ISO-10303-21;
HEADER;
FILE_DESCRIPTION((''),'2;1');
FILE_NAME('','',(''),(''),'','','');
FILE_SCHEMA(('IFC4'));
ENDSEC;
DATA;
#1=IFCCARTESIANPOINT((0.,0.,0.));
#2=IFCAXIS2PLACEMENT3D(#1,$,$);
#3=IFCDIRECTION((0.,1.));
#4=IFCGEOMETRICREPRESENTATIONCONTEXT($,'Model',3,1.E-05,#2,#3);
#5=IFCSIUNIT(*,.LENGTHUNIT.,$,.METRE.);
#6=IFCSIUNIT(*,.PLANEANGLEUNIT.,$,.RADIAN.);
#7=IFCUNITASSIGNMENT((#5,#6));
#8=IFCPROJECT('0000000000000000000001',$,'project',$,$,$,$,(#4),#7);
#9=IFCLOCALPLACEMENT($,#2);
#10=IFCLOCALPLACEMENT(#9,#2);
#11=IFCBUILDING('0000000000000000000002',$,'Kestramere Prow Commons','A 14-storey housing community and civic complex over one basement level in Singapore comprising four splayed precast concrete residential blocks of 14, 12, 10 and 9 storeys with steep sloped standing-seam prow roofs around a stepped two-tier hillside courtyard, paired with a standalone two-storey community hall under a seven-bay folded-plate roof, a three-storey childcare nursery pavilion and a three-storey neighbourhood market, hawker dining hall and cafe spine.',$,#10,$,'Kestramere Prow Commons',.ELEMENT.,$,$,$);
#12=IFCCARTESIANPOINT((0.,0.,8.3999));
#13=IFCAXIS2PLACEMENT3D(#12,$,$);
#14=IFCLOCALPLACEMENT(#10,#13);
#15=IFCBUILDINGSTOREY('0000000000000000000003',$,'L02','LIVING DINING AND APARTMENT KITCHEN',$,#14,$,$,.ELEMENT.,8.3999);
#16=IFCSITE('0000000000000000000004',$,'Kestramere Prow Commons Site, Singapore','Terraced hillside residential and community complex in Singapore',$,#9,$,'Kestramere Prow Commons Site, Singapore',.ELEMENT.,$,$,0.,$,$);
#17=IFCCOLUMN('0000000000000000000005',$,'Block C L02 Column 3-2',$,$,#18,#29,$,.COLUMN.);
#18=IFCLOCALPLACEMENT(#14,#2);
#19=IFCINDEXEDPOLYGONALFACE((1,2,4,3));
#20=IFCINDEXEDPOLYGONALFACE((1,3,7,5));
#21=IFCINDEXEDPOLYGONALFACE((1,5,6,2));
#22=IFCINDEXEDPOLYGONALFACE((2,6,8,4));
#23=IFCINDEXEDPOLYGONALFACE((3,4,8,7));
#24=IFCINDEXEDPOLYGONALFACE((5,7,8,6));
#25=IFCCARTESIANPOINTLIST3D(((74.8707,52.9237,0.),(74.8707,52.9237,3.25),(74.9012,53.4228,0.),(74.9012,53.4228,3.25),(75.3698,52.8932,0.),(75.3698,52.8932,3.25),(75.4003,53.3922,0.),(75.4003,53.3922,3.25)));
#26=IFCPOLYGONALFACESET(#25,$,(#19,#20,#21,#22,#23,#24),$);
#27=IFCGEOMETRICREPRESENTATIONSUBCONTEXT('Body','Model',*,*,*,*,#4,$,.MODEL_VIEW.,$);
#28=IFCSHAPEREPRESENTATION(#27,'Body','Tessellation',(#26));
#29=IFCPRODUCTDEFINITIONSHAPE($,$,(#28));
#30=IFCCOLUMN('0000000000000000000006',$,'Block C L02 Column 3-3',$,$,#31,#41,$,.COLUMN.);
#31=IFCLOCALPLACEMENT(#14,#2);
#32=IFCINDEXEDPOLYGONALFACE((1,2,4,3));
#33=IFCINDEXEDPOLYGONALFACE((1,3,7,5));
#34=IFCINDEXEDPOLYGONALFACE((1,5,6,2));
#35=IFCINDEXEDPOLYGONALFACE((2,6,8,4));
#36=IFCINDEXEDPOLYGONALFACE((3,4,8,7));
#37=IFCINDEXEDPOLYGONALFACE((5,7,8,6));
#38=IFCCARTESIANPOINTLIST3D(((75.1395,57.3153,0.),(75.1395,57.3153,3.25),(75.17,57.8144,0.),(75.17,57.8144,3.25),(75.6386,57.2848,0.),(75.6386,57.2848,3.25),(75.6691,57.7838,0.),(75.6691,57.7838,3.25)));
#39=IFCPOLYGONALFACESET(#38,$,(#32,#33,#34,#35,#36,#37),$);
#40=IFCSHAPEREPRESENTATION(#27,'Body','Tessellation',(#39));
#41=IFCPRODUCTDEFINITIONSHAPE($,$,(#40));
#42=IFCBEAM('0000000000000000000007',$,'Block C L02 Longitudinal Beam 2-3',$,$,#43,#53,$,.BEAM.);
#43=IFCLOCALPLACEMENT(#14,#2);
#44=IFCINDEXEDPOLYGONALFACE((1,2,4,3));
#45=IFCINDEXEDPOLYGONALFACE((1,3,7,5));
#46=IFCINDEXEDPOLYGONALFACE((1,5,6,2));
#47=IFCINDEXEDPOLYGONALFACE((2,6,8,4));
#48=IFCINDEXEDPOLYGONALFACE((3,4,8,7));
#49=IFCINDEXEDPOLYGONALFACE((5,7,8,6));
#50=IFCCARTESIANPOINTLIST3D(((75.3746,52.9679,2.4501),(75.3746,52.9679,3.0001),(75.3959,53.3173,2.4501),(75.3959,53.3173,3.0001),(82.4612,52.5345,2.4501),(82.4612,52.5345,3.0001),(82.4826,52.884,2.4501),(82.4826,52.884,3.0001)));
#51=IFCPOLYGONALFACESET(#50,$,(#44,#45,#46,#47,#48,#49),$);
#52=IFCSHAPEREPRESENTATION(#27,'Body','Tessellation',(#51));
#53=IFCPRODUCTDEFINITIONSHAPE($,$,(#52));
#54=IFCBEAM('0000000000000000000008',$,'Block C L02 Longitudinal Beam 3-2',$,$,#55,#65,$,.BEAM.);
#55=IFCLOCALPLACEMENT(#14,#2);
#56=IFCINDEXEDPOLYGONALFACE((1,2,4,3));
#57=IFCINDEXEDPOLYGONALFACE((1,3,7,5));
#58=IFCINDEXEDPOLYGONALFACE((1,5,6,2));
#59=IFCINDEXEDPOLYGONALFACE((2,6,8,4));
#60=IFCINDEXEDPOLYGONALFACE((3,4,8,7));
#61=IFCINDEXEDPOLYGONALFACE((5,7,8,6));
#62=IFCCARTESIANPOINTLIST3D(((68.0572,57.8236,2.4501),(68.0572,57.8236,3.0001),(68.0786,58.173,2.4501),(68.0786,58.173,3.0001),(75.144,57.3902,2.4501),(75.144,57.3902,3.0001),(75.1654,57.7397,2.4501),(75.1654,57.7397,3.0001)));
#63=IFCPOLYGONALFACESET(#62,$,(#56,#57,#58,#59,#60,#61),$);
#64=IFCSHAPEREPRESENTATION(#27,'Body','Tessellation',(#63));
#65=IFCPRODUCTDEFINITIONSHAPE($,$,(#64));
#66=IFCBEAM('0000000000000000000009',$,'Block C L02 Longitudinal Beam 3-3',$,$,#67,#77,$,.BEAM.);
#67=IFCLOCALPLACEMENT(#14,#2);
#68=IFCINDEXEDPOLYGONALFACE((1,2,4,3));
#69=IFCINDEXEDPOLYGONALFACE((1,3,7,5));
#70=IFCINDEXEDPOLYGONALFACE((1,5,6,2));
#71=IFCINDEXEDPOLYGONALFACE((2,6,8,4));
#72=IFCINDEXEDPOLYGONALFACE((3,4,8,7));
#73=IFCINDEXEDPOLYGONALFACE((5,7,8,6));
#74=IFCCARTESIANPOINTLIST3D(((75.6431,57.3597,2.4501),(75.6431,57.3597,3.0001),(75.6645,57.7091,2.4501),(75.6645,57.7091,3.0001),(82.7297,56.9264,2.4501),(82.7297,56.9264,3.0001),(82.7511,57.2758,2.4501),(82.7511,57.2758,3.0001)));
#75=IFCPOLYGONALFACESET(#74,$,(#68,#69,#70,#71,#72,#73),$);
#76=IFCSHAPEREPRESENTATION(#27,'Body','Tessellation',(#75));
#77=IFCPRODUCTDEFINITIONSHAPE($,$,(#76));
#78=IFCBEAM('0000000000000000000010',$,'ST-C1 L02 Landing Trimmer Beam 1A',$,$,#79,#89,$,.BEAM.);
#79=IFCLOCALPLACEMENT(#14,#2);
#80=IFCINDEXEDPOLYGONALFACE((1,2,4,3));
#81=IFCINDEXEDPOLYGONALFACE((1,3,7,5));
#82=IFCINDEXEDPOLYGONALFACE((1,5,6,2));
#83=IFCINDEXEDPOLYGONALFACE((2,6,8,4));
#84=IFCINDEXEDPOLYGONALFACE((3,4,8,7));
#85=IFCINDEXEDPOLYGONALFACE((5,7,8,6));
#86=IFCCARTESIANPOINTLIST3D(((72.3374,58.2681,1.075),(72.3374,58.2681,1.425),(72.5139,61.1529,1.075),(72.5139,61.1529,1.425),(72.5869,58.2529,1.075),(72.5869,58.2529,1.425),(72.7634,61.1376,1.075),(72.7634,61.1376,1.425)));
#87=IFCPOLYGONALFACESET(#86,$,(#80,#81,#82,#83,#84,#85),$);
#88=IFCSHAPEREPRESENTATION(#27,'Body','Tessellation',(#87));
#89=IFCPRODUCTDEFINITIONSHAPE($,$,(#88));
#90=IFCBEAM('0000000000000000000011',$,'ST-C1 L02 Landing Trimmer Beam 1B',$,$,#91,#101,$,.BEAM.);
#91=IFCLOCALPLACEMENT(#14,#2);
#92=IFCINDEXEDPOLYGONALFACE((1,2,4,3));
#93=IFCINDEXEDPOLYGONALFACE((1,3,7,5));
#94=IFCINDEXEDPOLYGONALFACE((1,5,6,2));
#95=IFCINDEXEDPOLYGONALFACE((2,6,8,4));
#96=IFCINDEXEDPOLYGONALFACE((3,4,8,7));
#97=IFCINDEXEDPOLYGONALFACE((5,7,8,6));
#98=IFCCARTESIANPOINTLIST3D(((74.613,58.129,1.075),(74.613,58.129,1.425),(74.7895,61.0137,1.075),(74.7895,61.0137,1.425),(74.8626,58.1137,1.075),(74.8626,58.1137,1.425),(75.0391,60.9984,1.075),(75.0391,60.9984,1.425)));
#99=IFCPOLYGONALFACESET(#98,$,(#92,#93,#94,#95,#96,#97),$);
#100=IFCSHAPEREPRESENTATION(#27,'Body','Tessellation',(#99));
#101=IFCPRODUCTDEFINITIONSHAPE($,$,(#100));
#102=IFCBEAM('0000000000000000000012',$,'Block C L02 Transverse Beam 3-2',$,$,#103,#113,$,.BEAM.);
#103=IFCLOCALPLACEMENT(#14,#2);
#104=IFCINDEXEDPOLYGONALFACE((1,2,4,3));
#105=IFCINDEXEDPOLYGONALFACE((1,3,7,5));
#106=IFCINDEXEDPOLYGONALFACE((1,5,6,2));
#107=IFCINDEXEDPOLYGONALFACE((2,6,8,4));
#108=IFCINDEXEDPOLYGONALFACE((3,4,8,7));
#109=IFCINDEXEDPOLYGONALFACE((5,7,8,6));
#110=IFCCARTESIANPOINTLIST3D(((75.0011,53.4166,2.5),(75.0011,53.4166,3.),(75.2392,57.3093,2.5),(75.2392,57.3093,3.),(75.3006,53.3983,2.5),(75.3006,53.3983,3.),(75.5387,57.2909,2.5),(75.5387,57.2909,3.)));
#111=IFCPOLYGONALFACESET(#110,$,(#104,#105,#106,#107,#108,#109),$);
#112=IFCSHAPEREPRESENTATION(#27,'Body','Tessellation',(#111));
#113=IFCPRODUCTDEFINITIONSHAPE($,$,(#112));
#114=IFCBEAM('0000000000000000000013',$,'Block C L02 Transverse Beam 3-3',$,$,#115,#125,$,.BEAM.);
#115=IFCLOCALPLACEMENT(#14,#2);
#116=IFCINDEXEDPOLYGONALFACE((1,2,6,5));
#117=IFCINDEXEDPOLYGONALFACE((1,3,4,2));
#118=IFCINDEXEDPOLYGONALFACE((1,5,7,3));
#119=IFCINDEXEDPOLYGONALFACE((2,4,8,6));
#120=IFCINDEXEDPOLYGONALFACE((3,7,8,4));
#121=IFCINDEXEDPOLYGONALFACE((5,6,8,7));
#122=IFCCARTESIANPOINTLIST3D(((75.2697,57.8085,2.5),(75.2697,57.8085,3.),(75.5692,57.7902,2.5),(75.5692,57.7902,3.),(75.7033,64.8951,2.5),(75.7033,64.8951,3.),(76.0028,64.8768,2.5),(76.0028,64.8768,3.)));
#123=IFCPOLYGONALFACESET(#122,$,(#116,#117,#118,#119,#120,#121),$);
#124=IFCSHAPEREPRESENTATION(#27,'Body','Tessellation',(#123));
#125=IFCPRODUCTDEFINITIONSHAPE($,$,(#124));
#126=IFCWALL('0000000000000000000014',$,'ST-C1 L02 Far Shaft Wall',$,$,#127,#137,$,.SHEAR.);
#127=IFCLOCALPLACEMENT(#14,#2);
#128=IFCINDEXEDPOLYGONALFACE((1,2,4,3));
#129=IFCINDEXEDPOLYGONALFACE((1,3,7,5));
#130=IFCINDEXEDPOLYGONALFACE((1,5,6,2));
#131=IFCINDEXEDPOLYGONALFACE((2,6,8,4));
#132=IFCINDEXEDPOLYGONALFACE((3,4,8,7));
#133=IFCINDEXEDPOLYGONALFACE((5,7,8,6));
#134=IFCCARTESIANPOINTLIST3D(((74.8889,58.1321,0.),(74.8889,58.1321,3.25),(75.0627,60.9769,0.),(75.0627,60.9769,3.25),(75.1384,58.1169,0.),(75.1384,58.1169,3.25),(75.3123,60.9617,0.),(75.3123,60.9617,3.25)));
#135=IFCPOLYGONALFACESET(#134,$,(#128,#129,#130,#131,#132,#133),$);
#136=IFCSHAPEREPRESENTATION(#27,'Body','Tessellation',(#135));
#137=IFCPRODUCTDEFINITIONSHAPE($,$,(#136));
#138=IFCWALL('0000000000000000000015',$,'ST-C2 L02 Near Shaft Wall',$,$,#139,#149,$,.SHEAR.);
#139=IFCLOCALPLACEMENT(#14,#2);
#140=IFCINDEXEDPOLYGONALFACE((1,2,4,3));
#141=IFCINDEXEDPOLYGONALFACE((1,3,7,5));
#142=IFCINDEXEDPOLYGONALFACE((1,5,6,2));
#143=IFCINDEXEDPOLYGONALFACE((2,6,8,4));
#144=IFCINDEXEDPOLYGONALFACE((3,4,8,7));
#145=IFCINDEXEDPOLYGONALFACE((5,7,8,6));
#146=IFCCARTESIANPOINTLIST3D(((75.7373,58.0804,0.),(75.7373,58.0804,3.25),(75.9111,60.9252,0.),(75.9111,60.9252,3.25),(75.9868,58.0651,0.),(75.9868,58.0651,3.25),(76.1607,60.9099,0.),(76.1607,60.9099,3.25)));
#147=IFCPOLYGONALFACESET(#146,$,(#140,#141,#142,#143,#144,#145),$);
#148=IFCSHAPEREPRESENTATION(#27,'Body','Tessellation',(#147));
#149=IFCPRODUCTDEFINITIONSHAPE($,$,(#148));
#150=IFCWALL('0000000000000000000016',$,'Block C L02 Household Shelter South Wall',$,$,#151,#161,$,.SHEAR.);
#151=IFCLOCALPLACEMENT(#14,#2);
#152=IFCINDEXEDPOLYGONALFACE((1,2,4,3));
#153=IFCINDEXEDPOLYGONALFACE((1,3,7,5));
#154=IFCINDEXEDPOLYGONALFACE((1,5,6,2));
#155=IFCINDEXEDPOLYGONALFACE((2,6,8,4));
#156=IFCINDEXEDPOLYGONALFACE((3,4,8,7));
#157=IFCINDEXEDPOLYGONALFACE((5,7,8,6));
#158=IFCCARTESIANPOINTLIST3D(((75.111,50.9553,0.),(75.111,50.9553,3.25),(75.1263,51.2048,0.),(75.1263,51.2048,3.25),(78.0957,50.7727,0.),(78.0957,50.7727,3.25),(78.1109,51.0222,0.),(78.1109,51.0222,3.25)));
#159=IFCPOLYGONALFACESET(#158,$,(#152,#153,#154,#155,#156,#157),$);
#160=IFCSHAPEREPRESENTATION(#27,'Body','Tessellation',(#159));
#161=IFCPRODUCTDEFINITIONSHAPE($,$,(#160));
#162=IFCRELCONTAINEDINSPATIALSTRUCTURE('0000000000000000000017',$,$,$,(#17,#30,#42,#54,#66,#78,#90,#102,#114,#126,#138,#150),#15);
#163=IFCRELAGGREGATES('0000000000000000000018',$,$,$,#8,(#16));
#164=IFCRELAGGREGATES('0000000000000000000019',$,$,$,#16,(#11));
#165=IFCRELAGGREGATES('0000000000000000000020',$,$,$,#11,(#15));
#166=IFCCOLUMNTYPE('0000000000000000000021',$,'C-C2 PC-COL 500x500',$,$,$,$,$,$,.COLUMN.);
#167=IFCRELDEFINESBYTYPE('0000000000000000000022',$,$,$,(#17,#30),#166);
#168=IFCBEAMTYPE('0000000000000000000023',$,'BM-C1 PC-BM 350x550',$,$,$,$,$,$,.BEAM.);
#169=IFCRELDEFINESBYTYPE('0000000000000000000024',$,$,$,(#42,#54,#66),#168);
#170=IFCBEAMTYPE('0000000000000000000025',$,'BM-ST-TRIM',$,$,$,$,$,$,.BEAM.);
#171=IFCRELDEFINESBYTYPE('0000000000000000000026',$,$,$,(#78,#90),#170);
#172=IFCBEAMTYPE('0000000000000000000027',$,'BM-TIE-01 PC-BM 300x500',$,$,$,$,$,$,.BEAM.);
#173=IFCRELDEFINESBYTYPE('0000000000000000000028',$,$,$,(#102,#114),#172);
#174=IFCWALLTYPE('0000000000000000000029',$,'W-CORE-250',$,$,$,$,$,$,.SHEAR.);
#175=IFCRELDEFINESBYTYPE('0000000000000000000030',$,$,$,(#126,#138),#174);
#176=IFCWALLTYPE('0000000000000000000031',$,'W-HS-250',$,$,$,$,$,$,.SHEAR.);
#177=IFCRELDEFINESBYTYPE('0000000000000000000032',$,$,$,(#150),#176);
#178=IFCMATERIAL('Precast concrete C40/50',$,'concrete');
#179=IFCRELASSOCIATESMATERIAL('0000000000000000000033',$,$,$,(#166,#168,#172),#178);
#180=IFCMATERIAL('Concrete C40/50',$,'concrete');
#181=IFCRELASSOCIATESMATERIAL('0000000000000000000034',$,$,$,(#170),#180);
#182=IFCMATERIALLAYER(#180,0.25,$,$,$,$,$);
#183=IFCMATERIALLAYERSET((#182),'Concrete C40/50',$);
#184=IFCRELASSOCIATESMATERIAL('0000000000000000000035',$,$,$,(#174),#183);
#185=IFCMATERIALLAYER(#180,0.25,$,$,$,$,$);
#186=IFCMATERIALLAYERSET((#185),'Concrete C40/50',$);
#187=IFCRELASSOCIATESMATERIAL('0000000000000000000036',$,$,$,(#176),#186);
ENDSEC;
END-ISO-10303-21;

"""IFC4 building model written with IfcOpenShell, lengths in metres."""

from ifc_helpers import new_model, si_unit, direction, frame, frame_2d, origin, origin_2d, place, context, subcontext, project, spatial, rectangle, extrude, material, layer, layer_set, material_profile, profile_set, type_object, element, save


model = new_model("IFC4")

# Units and contexts
model_context = context("Model", 3, precision=1e-05, world=origin(), true_north=direction((0.0, 1.0)))
body_context = subcontext(model_context, "Body", "Model", "MODEL_VIEW")
ifc_project = project(units=[si_unit("LENGTHUNIT", "METRE"), si_unit("PLANEANGLEUNIT", "RADIAN")], contexts=[model_context])

# Site, building, storey
site_placement = place(None, origin())
site = spatial("IfcSite", under=ifc_project, at=site_placement, Name="Kestramere Prow Commons Site, Singapore", Description="Terraced hillside residential and community complex in Singapore", LongName="Kestramere Prow Commons Site, Singapore", CompositionType="ELEMENT", RefElevation=0.0)
building_placement = place(site_placement, origin())
building = spatial("IfcBuilding", under=site, at=building_placement, Name="Kestramere Prow Commons", Description="A 14-storey housing community and civic complex over one basement level in Singapore comprising four splayed precast concrete residential blocks of 14, 12, 10 and 9 storeys with steep sloped standing-seam prow roofs around a stepped two-tier hillside courtyard, paired with a standalone two-storey community hall under a seven-bay folded-plate roof, a three-storey childcare nursery pavilion and a three-storey neighbourhood market, hawker dining hall and cafe spine.", LongName="Kestramere Prow Commons", CompositionType="ELEMENT")
storey_placement = place(building_placement, frame((0.0, 0.0, 8.3999)))
storey = spatial("IfcBuildingStorey", under=building, at=storey_placement, Name="L02", Description="LIVING DINING AND APARTMENT KITCHEN", CompositionType="ELEMENT", Elevation=8.3999)

# Columns
ifc_material_1 = material(Name="Precast concrete C40/50", Category="concrete")
ifc_material_profile_1 = material_profile(ifc_material_1, rectangle(XDim=0.5, YDim=0.5, at=origin_2d()), Name="PC-COL 500x500")
ifc_profile_set_1 = profile_set([ifc_material_profile_1], Name="Precast concrete C40/50")
column_type = type_object("IfcColumnType", Name="C-C2 PC-COL 500x500", PredefinedType="COLUMN", material=ifc_profile_set_1)
for number, where, z_axis, x_axis, name in (
    (1, (75.1355, 53.158, 0.0), (0.0, 0.0, 1.0), (0.998135, -0.061049, 0.0), "Block C L02 Column 3-2"),
    (2, (75.4043, 57.5496, 0.0), (0.0, 0.0, 1.0), (0.998135, -0.061049, 0.0), "Block C L02 Column 3-3"),
):
    element("IfcColumn", number, at=place(storey_placement, frame(where, z_axis=z_axis, x_axis=x_axis)), inside=storey, type_object=column_type, Name=name, PredefinedType="COLUMN", context=body_context, shape_type="SweptSolid", body=[
        extrude(rectangle(XDim=0.5, YDim=0.5, at=origin_2d()), origin(), (0.0, 0.0, 1.0), 3.25),
    ])

# Beams
ifc_material_profile_2 = material_profile(ifc_material_1, rectangle(XDim=0.3501, YDim=0.55, at=origin_2d()), Name="PC-BM 350x550")
ifc_profile_set_2 = profile_set([ifc_material_profile_2], Name="Precast concrete C40/50")
beam_type_1 = type_object("IfcBeamType", Name="BM-C1 PC-BM 350x550", PredefinedType="BEAM", material=ifc_profile_set_2)
beam_1_placement = place(storey_placement, frame((75.3853, 53.1426, 2.7251), z_axis=(0.998136, -0.061036, 0.0), x_axis=(0.061036, 0.998136, 0.0)))
element("IfcBeam", 3, at=beam_1_placement, inside=storey, type_object=beam_type_1, Name="Block C L02 Longitudinal Beam 2-3", PredefinedType="BEAM", context=body_context, shape_type="SweptSolid", body=[
    extrude(rectangle(XDim=0.3501, YDim=0.55, at=origin_2d()), origin(), (0.0, 0.0, 1.0), 7.0999),
])
beam_2_placement = place(storey_placement, frame((68.0679, 57.9983, 2.7251), z_axis=(0.998136, -0.061034, 0.0), x_axis=(0.061034, 0.998136, 0.0)))
element("IfcBeam", 4, at=beam_2_placement, inside=storey, type_object=beam_type_1, Name="Block C L02 Longitudinal Beam 3-2", PredefinedType="BEAM", context=body_context, shape_type="SweptSolid", body=[
    extrude(rectangle(XDim=0.3501, YDim=0.55, at=origin_2d()), origin(), (0.0, 0.0, 1.0), 7.1001),
])
beam_3_placement = place(storey_placement, frame((75.6538, 57.5344, 2.7251), z_axis=(0.998136, -0.061036, 0.0), x_axis=(0.061036, 0.998136, 0.0)))
element("IfcBeam", 5, at=beam_3_placement, inside=storey, type_object=beam_type_1, Name="Block C L02 Longitudinal Beam 3-3", PredefinedType="BEAM", context=body_context, shape_type="SweptSolid", body=[
    extrude(rectangle(XDim=0.3501, YDim=0.55, at=origin_2d()), origin(), (0.0, 0.0, 1.0), 7.0999),
])
ifc_material_2 = material(Name="Concrete C40/50", Category="concrete")
ifc_material_profile_3 = material_profile(ifc_material_2, rectangle(XDim=0.25, YDim=0.3501, at=origin_2d()), Name="PC-BM 250x350")
ifc_profile_set_3 = profile_set([ifc_material_profile_3], Name="Concrete C40/50")
beam_type_2 = type_object("IfcBeamType", Name="BM-ST-TRIM", PredefinedType="BEAM", material=ifc_profile_set_3)
for number, where, z_axis, x_axis, name in (
    (6, (72.4622, 58.2605, 1.25), (0.061074, 0.998133, 0.0), (-0.998133, 0.061074, 0.0), "ST-C1 L02 Landing Trimmer Beam 1A"),
    (7, (74.7378, 58.1213, 1.25), (0.061074, 0.998133, 0.0), (-0.998133, 0.061074, 0.0), "ST-C1 L02 Landing Trimmer Beam 1B"),
):
    element("IfcBeam", number, at=place(storey_placement, frame(where, z_axis=z_axis, x_axis=x_axis)), inside=storey, type_object=beam_type_2, Name=name, PredefinedType="BEAM", context=body_context, shape_type="SweptSolid", body=[
        extrude(rectangle(XDim=0.25, YDim=0.3501, at=origin_2d()), origin(), (0.0, 0.0, 1.0), 2.8901),
    ])
ifc_material_profile_4 = material_profile(ifc_material_1, rectangle(XDim=0.3, YDim=0.5, at=origin_2d()), Name="PC-BM 300x500")
ifc_profile_set_4 = profile_set([ifc_material_profile_4], Name="Precast concrete C40/50")
beam_type_3 = type_object("IfcBeamType", Name="BM-TIE-01 PC-BM 300x500", PredefinedType="BEAM", material=ifc_profile_set_4)
beam_4_placement = place(storey_placement, frame((75.1509, 53.4075, 2.75), z_axis=(0.061038, 0.998135, 0.0), x_axis=(-0.998135, 0.061038, 0.0)))
element("IfcBeam", 8, at=beam_4_placement, inside=storey, type_object=beam_type_3, Name="Block C L02 Transverse Beam 3-2", PredefinedType="BEAM", context=body_context, shape_type="SweptSolid", body=[
    extrude(rectangle(XDim=0.3, YDim=0.5, at=origin_2d()), origin(), (0.0, 0.0, 1.0), 3.8999),
])
beam_5_placement = place(storey_placement, frame((75.4194, 57.7993, 2.75), z_axis=(0.06107, 0.998133, 0.0), x_axis=(-0.998133, 0.06107, 0.0)))
element("IfcBeam", 9, at=beam_5_placement, inside=storey, type_object=beam_type_3, Name="Block C L02 Transverse Beam 3-3", PredefinedType="BEAM", context=body_context, shape_type="SweptSolid", body=[
    extrude(rectangle(XDim=0.3, YDim=0.5, at=origin_2d()), origin(), (0.0, 0.0, 1.0), 7.0999),
])

# Shared definitions
ifc_layer_1 = layer(ifc_material_2, 0.25)
ifc_layer_set_1 = layer_set([ifc_layer_1], Name="Concrete C40/50")
wall_type_1 = type_object("IfcWallType", Name="W-CORE-250", PredefinedType="SHEAR", material=ifc_layer_set_1)

# Wall
wall_1_placement = place(storey_placement, frame((75.0137, 58.1245, 0.0), z_axis=(0.0, 0.0, 1.0), x_axis=(0.060992, 0.998138, 0.0)))
element("IfcWall", 10, at=wall_1_placement, inside=storey, type_object=wall_type_1, Name="ST-C1 L02 Far Shaft Wall", PredefinedType="SHEAR", context=body_context, shape_type="SweptSolid", body=[
    extrude(rectangle(XDim=2.8501, YDim=0.25, at=frame_2d((1.425, 0.0))), origin(), (0.0, 0.0, 1.0), 3.25),
])

# Walls
wall_2_placement = place(storey_placement, frame((75.8621, 58.0728, 0.0), z_axis=(0.0, 0.0, 1.0), x_axis=(0.060992, 0.998138, 0.0)))
element("IfcWall", 11, at=wall_2_placement, inside=storey, type_object=wall_type_1, Name="ST-C2 L02 Near Shaft Wall", PredefinedType="SHEAR", context=body_context, shape_type="SweptSolid", body=[
    extrude(rectangle(XDim=2.8501, YDim=0.25, at=frame_2d((1.425, 0.0))), origin(), (0.0, 0.0, 1.0), 3.25),
])
ifc_layer_2 = layer(ifc_material_2, 0.25)
ifc_layer_set_2 = layer_set([ifc_layer_2], Name="Concrete C40/50")
wall_type_2 = type_object("IfcWallType", Name="W-HS-250", PredefinedType="SHEAR", material=ifc_layer_set_2)
wall_3_placement = place(storey_placement, frame((75.1187, 51.0801, 0.0), z_axis=(0.0, 0.0, 1.0), x_axis=(0.998133, -0.061072, 0.0)))
element("IfcWall", 12, at=wall_3_placement, inside=storey, type_object=wall_type_2, Name="Block C L02 Household Shelter South Wall", PredefinedType="SHEAR", context=body_context, shape_type="SweptSolid", body=[
    extrude(rectangle(XDim=2.9902, YDim=0.25, at=frame_2d((1.4951, 0.0))), origin(), (0.0, 0.0, 1.0), 3.25),
])

save(model, "model.ifc")
